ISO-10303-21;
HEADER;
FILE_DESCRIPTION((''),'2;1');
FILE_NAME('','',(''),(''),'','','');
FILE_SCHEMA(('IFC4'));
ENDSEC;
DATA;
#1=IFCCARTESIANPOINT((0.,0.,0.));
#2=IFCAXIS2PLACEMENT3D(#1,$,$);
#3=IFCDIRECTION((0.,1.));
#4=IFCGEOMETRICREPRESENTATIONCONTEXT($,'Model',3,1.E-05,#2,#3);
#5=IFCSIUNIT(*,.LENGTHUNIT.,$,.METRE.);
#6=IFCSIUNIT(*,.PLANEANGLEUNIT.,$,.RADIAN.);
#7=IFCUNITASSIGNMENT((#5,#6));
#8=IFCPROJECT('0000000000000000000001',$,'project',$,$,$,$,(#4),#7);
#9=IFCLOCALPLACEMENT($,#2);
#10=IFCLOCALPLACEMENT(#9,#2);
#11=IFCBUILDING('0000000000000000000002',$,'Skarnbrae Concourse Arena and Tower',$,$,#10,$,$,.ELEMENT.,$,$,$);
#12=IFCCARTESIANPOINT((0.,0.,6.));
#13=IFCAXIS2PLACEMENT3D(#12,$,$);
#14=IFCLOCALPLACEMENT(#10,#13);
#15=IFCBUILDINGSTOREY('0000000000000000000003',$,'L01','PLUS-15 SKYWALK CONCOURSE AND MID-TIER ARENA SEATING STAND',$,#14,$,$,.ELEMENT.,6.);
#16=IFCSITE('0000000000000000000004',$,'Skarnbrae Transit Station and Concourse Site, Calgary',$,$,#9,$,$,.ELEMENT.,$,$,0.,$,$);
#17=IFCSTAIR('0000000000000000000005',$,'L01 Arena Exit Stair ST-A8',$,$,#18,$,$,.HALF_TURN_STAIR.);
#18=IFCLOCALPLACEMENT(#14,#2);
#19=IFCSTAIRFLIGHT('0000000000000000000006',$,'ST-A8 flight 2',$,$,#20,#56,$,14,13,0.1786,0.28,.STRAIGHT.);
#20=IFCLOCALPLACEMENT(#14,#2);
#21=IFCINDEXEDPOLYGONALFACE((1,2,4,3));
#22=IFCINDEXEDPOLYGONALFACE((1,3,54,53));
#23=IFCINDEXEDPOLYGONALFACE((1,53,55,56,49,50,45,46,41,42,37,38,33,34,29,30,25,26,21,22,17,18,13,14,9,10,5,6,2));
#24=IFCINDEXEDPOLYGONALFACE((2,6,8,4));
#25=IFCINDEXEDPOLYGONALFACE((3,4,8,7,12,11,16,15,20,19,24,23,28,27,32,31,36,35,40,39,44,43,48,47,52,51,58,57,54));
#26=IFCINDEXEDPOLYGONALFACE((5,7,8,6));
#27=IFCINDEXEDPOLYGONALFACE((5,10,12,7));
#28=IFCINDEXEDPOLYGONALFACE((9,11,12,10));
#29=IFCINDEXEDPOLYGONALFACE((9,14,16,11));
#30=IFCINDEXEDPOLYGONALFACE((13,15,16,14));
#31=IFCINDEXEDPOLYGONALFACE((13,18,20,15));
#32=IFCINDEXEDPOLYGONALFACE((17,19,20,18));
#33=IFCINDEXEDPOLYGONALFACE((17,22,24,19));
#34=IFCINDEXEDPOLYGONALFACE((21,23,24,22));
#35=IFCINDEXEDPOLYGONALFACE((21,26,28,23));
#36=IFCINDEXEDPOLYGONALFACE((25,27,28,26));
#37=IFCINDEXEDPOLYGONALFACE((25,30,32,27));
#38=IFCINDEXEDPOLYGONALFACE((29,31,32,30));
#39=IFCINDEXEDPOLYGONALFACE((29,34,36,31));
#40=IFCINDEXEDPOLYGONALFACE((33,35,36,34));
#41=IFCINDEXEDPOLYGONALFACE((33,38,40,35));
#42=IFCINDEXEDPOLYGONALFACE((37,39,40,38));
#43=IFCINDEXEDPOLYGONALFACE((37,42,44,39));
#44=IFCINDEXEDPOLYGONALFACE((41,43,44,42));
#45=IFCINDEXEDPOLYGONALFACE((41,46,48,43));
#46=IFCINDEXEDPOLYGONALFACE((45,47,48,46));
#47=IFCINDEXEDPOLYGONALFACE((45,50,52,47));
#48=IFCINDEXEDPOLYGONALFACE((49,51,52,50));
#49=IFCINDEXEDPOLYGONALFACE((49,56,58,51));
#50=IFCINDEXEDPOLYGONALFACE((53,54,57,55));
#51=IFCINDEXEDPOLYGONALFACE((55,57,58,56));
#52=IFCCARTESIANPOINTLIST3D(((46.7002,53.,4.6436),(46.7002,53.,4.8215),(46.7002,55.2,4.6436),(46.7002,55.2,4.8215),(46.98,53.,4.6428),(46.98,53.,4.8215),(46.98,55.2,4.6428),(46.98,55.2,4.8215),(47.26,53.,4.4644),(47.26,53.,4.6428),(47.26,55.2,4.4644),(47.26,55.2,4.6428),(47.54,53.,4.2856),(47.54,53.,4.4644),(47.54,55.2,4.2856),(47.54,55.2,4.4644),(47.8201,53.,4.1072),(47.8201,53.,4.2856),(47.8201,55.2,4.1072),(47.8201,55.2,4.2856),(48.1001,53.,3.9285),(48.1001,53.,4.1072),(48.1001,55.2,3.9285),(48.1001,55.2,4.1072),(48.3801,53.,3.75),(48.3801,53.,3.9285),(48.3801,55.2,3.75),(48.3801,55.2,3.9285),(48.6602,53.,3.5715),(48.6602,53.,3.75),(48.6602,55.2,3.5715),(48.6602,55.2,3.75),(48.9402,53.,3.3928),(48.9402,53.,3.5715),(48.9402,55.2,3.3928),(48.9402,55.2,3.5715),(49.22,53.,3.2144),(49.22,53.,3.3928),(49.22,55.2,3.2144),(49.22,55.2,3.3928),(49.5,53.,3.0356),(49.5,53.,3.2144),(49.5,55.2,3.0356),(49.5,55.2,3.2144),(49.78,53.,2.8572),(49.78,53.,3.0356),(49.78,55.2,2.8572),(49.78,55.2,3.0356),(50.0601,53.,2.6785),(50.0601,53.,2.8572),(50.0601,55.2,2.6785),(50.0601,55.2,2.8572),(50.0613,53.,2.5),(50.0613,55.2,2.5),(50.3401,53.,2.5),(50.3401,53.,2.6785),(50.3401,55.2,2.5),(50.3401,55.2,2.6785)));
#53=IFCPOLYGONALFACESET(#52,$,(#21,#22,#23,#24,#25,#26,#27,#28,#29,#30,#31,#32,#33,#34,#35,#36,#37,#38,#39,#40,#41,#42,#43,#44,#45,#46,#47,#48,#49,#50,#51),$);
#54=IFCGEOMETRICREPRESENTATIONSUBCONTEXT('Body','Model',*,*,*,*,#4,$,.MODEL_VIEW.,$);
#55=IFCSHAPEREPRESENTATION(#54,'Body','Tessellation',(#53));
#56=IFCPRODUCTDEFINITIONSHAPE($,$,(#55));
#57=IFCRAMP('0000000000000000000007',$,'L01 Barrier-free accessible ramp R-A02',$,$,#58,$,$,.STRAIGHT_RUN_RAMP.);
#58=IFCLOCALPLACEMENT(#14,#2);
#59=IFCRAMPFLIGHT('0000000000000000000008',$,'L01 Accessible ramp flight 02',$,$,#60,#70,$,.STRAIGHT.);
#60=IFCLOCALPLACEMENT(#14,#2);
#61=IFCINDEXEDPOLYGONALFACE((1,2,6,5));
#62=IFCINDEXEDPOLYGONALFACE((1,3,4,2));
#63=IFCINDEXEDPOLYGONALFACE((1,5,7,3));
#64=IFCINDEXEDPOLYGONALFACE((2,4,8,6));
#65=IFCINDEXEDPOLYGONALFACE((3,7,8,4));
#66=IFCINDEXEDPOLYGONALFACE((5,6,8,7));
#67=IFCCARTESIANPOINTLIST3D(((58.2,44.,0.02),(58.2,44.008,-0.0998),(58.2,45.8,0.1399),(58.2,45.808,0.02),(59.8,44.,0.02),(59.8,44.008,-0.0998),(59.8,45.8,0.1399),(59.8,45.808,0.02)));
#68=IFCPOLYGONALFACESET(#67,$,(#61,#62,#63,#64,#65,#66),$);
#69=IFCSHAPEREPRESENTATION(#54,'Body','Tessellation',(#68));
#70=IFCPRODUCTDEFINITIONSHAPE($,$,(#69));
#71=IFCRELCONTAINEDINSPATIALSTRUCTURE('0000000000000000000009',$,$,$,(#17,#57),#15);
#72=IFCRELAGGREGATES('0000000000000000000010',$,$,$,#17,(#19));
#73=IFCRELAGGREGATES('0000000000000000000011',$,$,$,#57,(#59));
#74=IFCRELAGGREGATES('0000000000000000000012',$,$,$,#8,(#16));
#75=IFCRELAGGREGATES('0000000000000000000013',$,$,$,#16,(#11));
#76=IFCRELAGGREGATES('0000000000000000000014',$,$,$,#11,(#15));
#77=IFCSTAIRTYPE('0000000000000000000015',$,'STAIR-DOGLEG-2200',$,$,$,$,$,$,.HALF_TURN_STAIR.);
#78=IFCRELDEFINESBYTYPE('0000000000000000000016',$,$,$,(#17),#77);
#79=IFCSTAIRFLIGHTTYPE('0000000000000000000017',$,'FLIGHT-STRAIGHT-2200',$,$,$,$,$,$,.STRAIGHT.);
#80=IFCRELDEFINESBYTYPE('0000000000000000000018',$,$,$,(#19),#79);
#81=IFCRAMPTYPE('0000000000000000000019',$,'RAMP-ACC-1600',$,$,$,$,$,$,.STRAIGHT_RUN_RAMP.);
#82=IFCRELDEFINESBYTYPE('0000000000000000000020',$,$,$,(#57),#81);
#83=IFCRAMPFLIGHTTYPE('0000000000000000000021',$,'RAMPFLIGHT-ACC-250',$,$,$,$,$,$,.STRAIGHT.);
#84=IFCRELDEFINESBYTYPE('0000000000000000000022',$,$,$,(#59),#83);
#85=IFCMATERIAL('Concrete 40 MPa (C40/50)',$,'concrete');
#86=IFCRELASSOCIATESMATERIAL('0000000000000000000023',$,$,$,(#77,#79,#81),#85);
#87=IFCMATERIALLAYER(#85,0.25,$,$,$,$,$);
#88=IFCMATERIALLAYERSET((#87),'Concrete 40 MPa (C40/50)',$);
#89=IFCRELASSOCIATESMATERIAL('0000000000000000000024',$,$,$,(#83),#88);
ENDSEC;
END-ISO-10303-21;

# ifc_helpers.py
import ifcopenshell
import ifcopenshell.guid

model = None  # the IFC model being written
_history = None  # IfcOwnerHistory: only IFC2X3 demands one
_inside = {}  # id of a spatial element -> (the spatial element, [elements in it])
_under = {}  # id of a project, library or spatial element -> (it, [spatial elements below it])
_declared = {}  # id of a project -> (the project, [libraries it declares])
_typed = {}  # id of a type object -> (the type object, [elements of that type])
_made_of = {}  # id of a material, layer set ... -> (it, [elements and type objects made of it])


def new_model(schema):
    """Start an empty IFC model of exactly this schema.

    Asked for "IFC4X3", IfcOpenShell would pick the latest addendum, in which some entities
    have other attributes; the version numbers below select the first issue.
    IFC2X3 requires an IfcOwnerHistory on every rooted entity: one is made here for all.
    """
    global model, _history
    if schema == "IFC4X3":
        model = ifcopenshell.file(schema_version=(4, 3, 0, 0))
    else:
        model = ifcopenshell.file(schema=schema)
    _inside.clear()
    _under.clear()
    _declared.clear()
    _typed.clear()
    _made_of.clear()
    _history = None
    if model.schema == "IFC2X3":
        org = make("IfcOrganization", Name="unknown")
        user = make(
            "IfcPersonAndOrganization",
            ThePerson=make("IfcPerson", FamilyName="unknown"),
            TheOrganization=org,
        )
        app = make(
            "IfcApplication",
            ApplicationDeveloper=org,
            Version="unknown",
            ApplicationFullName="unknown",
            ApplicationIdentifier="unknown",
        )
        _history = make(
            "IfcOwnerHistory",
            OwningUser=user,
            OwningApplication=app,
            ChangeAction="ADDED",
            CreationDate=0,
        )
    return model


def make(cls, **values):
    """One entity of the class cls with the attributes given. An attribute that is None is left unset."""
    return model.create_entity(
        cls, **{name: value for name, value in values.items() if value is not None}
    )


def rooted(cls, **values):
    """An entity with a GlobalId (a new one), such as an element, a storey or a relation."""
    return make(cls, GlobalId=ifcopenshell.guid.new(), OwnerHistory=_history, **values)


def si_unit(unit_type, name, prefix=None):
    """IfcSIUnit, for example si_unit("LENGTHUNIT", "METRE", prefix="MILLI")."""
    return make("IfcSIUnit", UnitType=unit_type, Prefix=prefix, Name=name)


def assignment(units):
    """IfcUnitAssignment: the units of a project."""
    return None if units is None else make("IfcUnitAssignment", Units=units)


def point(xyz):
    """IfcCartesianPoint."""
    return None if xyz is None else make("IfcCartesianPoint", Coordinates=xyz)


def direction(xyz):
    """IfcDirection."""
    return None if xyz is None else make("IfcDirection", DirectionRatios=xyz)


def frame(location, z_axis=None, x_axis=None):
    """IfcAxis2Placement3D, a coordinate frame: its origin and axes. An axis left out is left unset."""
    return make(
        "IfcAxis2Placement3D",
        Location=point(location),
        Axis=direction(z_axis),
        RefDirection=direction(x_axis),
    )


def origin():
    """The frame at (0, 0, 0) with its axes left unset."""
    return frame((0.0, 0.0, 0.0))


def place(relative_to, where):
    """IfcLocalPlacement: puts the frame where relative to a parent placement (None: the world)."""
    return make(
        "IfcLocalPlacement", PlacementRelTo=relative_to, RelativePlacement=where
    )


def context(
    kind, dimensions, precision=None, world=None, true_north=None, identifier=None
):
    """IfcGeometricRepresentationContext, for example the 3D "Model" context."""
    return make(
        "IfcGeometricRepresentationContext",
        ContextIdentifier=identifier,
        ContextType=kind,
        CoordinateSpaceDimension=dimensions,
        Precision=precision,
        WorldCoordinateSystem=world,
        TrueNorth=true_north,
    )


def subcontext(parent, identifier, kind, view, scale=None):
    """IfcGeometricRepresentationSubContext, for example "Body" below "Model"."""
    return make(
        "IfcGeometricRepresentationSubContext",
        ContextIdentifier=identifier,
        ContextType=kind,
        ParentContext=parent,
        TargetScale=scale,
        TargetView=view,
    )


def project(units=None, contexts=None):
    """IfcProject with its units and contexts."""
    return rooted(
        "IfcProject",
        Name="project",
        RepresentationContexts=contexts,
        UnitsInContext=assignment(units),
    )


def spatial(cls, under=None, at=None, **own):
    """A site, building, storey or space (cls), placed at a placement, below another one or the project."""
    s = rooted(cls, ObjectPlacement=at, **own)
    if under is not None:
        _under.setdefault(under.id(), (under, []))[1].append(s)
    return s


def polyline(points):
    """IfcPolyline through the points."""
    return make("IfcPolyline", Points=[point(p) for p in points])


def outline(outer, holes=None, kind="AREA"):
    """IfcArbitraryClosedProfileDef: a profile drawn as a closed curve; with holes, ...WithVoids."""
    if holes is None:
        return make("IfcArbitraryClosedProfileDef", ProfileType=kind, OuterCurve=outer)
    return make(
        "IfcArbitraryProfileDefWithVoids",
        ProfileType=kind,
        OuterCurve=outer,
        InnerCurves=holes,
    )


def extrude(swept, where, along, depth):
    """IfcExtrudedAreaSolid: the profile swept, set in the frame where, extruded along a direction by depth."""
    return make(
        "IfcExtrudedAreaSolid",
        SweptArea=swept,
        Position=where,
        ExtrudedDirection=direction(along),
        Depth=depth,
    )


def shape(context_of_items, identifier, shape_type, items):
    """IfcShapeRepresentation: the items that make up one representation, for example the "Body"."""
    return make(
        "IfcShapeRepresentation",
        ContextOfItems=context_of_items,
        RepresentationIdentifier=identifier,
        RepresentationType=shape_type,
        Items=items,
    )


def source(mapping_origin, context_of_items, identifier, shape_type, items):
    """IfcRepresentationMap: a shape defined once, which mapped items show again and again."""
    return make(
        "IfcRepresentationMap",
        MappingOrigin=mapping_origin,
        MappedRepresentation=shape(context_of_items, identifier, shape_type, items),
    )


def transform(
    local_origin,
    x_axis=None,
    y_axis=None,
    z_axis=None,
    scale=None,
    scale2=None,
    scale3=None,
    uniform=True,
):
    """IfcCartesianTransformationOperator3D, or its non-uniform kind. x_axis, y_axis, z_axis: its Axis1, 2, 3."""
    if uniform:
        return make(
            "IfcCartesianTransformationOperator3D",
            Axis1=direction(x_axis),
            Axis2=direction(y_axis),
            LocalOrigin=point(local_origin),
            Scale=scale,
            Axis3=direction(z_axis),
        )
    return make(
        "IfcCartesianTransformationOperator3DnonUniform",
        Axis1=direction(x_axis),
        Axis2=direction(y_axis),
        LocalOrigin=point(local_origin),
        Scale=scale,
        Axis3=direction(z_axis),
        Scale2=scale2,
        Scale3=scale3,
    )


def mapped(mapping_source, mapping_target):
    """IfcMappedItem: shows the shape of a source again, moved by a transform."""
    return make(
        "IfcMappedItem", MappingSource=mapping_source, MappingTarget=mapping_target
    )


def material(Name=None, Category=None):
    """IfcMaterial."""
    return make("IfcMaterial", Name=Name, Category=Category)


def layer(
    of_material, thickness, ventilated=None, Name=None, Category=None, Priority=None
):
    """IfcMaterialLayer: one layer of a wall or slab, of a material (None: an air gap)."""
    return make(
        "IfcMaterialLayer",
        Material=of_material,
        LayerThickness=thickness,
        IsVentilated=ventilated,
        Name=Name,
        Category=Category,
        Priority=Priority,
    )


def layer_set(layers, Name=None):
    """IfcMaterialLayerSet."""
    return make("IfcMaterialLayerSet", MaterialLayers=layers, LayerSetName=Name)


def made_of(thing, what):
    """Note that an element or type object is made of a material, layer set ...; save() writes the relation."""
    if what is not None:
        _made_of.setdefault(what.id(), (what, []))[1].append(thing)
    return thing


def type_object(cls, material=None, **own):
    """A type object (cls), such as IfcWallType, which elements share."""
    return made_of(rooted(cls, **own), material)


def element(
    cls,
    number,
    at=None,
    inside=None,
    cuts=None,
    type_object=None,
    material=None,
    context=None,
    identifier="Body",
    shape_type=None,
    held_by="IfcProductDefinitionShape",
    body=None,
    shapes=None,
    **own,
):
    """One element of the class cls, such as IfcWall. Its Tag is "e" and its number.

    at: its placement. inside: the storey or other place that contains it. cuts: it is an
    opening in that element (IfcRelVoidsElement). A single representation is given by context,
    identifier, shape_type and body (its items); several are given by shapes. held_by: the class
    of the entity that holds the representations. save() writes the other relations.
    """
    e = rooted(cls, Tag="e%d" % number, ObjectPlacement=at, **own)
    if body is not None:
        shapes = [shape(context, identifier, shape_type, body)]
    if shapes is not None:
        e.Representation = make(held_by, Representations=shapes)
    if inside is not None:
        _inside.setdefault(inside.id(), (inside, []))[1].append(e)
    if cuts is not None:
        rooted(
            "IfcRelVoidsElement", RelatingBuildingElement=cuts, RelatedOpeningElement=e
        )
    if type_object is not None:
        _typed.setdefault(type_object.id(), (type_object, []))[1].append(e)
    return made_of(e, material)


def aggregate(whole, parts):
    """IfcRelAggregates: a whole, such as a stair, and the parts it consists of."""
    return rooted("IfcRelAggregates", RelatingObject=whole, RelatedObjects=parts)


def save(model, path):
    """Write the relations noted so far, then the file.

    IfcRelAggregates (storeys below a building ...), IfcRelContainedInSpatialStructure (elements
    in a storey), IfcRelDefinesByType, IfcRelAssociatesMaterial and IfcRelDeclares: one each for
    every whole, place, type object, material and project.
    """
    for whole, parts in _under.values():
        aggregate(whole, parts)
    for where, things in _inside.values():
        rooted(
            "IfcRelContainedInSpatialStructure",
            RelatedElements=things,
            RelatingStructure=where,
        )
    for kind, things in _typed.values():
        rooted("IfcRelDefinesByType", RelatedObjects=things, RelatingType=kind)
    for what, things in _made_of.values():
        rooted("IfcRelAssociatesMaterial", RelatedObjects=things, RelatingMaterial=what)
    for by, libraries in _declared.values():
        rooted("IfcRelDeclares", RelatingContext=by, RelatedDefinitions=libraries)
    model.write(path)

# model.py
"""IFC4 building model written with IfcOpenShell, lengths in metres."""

from ifc_helpers import new_model, si_unit, direction, frame, origin, place, context, subcontext, project, spatial, polyline, outline, extrude, source, transform, mapped, material, layer, layer_set, type_object, element, aggregate, save


model = new_model("IFC4")

# Units and contexts
model_context = context("Model", 3, precision=1e-05, world=origin(), true_north=direction((0.0, 1.0)))
body_context = subcontext(model_context, "Body", "Model", "MODEL_VIEW")
ifc_project = project(units=[si_unit("LENGTHUNIT", "METRE"), si_unit("PLANEANGLEUNIT", "RADIAN")], contexts=[model_context])

# Site, building, storey
site_placement = place(None, origin())
site = spatial("IfcSite", under=ifc_project, at=site_placement, Name="Skarnbrae Transit Station and Concourse Site, Calgary", CompositionType="ELEMENT", RefElevation=0.0)
building_placement = place(site_placement, origin())
building = spatial("IfcBuilding", under=site, at=building_placement, Name="Skarnbrae Concourse Arena and Tower", CompositionType="ELEMENT")
storey_placement = place(building_placement, frame((0.0, 0.0, 6.0)))
storey = spatial("IfcBuildingStorey", under=building, at=storey_placement, Name="L01", Description="PLUS-15 SKYWALK CONCOURSE AND MID-TIER ARENA SEATING STAND", CompositionType="ELEMENT", Elevation=6.0)

# Stair, stair flight
ifc_material_1 = material(Name="Concrete 40 MPa (C40/50)", Category="concrete")
stair_type = type_object("IfcStairType", Name="STAIR-DOGLEG-2200", PredefinedType="HALF_TURN_STAIR", material=ifc_material_1)
stair_placement = place(storey_placement, origin())
stair = element("IfcStair", 1, at=stair_placement, inside=storey, type_object=stair_type, Name="L01 Arena Exit Stair ST-A8", PredefinedType="HALF_TURN_STAIR")
stair_flight_type = type_object("IfcStairFlightType", Name="FLIGHT-STRAIGHT-2200", PredefinedType="STRAIGHT", material=ifc_material_1)
shared_shape_1 = source(origin(), body_context, "Body", "SweptSolid", [
    extrude(outline(polyline([(0.0, 0.0), (0.0, 0.1785), (0.28, 0.1785), (0.28, 0.3572), (0.5601, 0.3572), (0.5601, 0.5356), (0.8401, 0.5356), (0.8401, 0.7144), (1.1201, 0.7144), (1.1201, 0.8928), (1.3999, 0.8928), (1.3999, 1.0715), (1.6799, 1.0715), (1.6799, 1.25), (1.96, 1.25), (1.96, 1.4285), (2.24, 1.4285), (2.24, 1.6072), (2.52, 1.6072), (2.52, 1.7856), (2.8, 1.7856), (2.8, 1.9644), (3.0801, 1.9644), (3.0801, 2.1428), (3.3601, 2.1428), (3.3601, 2.3215), (3.6399, 2.3215), (3.6399, 2.5), (3.6399, 2.1436), (0.2788, 0.0), (0.0, 0.0)])), frame((0.0, 1.1001, 0.0), z_axis=(0.0, -1.0, 0.0), x_axis=(1.0, 0.0, 0.0)), (0.0, 0.0, 1.0), 2.2),
])
stair_flight_1_placement = place(storey_placement, frame((50.3401, 54.1001, 2.5), z_axis=(0.0, 0.0, 1.0), x_axis=(-1.0, 0.0, 0.0)))
stair_flight_1 = element("IfcStairFlight", 2, at=stair_flight_1_placement, type_object=stair_flight_type, Name="ST-A8 flight 2", NumberOfRisers=14, NumberOfTreads=13, PredefinedType="STRAIGHT", RiserHeight=0.1786, TreadLength=0.28, context=body_context, shape_type="MappedRepresentation", body=[
    mapped(shared_shape_1, transform((0.0, 0.0, 0.0))),
])
aggregate(stair, [stair_flight_1])

# Ramp, ramp flight
ramp_type = type_object("IfcRampType", Name="RAMP-ACC-1600", PredefinedType="STRAIGHT_RUN_RAMP", material=ifc_material_1)
ramp_placement = place(storey_placement, origin())
ramp = element("IfcRamp", 3, at=ramp_placement, inside=storey, type_object=ramp_type, Name="L01 Barrier-free accessible ramp R-A02", PredefinedType="STRAIGHT_RUN_RAMP")
ifc_layer_1 = layer(ifc_material_1, 0.25)
ifc_layer_set_1 = layer_set([ifc_layer_1], Name="Concrete 40 MPa (C40/50)")
ramp_flight_type = type_object("IfcRampFlightType", Name="RAMPFLIGHT-ACC-250", PredefinedType="STRAIGHT", material=ifc_layer_set_1)
ramp_flight_placement = place(storey_placement, frame((58.2, 44.0, 0.02), z_axis=(0.0, -0.066447, 0.99779), x_axis=(1.0, 0.0, 0.0)))
ramp_flight = element("IfcRampFlight", 4, at=ramp_flight_placement, type_object=ramp_flight_type, Name="L01 Accessible ramp flight 02", PredefinedType="STRAIGHT", context=body_context, shape_type="SweptSolid", body=[
    extrude(outline(polyline([(0.0, 0.0), (1.6001, 0.0), (1.6001, 1.804), (0.0, 1.804), (0.0, 0.0)])), origin(), (0.0, 0.0, -1.0), 0.1201),
])
aggregate(ramp, [ramp_flight])

save(model, "model.ifc")
